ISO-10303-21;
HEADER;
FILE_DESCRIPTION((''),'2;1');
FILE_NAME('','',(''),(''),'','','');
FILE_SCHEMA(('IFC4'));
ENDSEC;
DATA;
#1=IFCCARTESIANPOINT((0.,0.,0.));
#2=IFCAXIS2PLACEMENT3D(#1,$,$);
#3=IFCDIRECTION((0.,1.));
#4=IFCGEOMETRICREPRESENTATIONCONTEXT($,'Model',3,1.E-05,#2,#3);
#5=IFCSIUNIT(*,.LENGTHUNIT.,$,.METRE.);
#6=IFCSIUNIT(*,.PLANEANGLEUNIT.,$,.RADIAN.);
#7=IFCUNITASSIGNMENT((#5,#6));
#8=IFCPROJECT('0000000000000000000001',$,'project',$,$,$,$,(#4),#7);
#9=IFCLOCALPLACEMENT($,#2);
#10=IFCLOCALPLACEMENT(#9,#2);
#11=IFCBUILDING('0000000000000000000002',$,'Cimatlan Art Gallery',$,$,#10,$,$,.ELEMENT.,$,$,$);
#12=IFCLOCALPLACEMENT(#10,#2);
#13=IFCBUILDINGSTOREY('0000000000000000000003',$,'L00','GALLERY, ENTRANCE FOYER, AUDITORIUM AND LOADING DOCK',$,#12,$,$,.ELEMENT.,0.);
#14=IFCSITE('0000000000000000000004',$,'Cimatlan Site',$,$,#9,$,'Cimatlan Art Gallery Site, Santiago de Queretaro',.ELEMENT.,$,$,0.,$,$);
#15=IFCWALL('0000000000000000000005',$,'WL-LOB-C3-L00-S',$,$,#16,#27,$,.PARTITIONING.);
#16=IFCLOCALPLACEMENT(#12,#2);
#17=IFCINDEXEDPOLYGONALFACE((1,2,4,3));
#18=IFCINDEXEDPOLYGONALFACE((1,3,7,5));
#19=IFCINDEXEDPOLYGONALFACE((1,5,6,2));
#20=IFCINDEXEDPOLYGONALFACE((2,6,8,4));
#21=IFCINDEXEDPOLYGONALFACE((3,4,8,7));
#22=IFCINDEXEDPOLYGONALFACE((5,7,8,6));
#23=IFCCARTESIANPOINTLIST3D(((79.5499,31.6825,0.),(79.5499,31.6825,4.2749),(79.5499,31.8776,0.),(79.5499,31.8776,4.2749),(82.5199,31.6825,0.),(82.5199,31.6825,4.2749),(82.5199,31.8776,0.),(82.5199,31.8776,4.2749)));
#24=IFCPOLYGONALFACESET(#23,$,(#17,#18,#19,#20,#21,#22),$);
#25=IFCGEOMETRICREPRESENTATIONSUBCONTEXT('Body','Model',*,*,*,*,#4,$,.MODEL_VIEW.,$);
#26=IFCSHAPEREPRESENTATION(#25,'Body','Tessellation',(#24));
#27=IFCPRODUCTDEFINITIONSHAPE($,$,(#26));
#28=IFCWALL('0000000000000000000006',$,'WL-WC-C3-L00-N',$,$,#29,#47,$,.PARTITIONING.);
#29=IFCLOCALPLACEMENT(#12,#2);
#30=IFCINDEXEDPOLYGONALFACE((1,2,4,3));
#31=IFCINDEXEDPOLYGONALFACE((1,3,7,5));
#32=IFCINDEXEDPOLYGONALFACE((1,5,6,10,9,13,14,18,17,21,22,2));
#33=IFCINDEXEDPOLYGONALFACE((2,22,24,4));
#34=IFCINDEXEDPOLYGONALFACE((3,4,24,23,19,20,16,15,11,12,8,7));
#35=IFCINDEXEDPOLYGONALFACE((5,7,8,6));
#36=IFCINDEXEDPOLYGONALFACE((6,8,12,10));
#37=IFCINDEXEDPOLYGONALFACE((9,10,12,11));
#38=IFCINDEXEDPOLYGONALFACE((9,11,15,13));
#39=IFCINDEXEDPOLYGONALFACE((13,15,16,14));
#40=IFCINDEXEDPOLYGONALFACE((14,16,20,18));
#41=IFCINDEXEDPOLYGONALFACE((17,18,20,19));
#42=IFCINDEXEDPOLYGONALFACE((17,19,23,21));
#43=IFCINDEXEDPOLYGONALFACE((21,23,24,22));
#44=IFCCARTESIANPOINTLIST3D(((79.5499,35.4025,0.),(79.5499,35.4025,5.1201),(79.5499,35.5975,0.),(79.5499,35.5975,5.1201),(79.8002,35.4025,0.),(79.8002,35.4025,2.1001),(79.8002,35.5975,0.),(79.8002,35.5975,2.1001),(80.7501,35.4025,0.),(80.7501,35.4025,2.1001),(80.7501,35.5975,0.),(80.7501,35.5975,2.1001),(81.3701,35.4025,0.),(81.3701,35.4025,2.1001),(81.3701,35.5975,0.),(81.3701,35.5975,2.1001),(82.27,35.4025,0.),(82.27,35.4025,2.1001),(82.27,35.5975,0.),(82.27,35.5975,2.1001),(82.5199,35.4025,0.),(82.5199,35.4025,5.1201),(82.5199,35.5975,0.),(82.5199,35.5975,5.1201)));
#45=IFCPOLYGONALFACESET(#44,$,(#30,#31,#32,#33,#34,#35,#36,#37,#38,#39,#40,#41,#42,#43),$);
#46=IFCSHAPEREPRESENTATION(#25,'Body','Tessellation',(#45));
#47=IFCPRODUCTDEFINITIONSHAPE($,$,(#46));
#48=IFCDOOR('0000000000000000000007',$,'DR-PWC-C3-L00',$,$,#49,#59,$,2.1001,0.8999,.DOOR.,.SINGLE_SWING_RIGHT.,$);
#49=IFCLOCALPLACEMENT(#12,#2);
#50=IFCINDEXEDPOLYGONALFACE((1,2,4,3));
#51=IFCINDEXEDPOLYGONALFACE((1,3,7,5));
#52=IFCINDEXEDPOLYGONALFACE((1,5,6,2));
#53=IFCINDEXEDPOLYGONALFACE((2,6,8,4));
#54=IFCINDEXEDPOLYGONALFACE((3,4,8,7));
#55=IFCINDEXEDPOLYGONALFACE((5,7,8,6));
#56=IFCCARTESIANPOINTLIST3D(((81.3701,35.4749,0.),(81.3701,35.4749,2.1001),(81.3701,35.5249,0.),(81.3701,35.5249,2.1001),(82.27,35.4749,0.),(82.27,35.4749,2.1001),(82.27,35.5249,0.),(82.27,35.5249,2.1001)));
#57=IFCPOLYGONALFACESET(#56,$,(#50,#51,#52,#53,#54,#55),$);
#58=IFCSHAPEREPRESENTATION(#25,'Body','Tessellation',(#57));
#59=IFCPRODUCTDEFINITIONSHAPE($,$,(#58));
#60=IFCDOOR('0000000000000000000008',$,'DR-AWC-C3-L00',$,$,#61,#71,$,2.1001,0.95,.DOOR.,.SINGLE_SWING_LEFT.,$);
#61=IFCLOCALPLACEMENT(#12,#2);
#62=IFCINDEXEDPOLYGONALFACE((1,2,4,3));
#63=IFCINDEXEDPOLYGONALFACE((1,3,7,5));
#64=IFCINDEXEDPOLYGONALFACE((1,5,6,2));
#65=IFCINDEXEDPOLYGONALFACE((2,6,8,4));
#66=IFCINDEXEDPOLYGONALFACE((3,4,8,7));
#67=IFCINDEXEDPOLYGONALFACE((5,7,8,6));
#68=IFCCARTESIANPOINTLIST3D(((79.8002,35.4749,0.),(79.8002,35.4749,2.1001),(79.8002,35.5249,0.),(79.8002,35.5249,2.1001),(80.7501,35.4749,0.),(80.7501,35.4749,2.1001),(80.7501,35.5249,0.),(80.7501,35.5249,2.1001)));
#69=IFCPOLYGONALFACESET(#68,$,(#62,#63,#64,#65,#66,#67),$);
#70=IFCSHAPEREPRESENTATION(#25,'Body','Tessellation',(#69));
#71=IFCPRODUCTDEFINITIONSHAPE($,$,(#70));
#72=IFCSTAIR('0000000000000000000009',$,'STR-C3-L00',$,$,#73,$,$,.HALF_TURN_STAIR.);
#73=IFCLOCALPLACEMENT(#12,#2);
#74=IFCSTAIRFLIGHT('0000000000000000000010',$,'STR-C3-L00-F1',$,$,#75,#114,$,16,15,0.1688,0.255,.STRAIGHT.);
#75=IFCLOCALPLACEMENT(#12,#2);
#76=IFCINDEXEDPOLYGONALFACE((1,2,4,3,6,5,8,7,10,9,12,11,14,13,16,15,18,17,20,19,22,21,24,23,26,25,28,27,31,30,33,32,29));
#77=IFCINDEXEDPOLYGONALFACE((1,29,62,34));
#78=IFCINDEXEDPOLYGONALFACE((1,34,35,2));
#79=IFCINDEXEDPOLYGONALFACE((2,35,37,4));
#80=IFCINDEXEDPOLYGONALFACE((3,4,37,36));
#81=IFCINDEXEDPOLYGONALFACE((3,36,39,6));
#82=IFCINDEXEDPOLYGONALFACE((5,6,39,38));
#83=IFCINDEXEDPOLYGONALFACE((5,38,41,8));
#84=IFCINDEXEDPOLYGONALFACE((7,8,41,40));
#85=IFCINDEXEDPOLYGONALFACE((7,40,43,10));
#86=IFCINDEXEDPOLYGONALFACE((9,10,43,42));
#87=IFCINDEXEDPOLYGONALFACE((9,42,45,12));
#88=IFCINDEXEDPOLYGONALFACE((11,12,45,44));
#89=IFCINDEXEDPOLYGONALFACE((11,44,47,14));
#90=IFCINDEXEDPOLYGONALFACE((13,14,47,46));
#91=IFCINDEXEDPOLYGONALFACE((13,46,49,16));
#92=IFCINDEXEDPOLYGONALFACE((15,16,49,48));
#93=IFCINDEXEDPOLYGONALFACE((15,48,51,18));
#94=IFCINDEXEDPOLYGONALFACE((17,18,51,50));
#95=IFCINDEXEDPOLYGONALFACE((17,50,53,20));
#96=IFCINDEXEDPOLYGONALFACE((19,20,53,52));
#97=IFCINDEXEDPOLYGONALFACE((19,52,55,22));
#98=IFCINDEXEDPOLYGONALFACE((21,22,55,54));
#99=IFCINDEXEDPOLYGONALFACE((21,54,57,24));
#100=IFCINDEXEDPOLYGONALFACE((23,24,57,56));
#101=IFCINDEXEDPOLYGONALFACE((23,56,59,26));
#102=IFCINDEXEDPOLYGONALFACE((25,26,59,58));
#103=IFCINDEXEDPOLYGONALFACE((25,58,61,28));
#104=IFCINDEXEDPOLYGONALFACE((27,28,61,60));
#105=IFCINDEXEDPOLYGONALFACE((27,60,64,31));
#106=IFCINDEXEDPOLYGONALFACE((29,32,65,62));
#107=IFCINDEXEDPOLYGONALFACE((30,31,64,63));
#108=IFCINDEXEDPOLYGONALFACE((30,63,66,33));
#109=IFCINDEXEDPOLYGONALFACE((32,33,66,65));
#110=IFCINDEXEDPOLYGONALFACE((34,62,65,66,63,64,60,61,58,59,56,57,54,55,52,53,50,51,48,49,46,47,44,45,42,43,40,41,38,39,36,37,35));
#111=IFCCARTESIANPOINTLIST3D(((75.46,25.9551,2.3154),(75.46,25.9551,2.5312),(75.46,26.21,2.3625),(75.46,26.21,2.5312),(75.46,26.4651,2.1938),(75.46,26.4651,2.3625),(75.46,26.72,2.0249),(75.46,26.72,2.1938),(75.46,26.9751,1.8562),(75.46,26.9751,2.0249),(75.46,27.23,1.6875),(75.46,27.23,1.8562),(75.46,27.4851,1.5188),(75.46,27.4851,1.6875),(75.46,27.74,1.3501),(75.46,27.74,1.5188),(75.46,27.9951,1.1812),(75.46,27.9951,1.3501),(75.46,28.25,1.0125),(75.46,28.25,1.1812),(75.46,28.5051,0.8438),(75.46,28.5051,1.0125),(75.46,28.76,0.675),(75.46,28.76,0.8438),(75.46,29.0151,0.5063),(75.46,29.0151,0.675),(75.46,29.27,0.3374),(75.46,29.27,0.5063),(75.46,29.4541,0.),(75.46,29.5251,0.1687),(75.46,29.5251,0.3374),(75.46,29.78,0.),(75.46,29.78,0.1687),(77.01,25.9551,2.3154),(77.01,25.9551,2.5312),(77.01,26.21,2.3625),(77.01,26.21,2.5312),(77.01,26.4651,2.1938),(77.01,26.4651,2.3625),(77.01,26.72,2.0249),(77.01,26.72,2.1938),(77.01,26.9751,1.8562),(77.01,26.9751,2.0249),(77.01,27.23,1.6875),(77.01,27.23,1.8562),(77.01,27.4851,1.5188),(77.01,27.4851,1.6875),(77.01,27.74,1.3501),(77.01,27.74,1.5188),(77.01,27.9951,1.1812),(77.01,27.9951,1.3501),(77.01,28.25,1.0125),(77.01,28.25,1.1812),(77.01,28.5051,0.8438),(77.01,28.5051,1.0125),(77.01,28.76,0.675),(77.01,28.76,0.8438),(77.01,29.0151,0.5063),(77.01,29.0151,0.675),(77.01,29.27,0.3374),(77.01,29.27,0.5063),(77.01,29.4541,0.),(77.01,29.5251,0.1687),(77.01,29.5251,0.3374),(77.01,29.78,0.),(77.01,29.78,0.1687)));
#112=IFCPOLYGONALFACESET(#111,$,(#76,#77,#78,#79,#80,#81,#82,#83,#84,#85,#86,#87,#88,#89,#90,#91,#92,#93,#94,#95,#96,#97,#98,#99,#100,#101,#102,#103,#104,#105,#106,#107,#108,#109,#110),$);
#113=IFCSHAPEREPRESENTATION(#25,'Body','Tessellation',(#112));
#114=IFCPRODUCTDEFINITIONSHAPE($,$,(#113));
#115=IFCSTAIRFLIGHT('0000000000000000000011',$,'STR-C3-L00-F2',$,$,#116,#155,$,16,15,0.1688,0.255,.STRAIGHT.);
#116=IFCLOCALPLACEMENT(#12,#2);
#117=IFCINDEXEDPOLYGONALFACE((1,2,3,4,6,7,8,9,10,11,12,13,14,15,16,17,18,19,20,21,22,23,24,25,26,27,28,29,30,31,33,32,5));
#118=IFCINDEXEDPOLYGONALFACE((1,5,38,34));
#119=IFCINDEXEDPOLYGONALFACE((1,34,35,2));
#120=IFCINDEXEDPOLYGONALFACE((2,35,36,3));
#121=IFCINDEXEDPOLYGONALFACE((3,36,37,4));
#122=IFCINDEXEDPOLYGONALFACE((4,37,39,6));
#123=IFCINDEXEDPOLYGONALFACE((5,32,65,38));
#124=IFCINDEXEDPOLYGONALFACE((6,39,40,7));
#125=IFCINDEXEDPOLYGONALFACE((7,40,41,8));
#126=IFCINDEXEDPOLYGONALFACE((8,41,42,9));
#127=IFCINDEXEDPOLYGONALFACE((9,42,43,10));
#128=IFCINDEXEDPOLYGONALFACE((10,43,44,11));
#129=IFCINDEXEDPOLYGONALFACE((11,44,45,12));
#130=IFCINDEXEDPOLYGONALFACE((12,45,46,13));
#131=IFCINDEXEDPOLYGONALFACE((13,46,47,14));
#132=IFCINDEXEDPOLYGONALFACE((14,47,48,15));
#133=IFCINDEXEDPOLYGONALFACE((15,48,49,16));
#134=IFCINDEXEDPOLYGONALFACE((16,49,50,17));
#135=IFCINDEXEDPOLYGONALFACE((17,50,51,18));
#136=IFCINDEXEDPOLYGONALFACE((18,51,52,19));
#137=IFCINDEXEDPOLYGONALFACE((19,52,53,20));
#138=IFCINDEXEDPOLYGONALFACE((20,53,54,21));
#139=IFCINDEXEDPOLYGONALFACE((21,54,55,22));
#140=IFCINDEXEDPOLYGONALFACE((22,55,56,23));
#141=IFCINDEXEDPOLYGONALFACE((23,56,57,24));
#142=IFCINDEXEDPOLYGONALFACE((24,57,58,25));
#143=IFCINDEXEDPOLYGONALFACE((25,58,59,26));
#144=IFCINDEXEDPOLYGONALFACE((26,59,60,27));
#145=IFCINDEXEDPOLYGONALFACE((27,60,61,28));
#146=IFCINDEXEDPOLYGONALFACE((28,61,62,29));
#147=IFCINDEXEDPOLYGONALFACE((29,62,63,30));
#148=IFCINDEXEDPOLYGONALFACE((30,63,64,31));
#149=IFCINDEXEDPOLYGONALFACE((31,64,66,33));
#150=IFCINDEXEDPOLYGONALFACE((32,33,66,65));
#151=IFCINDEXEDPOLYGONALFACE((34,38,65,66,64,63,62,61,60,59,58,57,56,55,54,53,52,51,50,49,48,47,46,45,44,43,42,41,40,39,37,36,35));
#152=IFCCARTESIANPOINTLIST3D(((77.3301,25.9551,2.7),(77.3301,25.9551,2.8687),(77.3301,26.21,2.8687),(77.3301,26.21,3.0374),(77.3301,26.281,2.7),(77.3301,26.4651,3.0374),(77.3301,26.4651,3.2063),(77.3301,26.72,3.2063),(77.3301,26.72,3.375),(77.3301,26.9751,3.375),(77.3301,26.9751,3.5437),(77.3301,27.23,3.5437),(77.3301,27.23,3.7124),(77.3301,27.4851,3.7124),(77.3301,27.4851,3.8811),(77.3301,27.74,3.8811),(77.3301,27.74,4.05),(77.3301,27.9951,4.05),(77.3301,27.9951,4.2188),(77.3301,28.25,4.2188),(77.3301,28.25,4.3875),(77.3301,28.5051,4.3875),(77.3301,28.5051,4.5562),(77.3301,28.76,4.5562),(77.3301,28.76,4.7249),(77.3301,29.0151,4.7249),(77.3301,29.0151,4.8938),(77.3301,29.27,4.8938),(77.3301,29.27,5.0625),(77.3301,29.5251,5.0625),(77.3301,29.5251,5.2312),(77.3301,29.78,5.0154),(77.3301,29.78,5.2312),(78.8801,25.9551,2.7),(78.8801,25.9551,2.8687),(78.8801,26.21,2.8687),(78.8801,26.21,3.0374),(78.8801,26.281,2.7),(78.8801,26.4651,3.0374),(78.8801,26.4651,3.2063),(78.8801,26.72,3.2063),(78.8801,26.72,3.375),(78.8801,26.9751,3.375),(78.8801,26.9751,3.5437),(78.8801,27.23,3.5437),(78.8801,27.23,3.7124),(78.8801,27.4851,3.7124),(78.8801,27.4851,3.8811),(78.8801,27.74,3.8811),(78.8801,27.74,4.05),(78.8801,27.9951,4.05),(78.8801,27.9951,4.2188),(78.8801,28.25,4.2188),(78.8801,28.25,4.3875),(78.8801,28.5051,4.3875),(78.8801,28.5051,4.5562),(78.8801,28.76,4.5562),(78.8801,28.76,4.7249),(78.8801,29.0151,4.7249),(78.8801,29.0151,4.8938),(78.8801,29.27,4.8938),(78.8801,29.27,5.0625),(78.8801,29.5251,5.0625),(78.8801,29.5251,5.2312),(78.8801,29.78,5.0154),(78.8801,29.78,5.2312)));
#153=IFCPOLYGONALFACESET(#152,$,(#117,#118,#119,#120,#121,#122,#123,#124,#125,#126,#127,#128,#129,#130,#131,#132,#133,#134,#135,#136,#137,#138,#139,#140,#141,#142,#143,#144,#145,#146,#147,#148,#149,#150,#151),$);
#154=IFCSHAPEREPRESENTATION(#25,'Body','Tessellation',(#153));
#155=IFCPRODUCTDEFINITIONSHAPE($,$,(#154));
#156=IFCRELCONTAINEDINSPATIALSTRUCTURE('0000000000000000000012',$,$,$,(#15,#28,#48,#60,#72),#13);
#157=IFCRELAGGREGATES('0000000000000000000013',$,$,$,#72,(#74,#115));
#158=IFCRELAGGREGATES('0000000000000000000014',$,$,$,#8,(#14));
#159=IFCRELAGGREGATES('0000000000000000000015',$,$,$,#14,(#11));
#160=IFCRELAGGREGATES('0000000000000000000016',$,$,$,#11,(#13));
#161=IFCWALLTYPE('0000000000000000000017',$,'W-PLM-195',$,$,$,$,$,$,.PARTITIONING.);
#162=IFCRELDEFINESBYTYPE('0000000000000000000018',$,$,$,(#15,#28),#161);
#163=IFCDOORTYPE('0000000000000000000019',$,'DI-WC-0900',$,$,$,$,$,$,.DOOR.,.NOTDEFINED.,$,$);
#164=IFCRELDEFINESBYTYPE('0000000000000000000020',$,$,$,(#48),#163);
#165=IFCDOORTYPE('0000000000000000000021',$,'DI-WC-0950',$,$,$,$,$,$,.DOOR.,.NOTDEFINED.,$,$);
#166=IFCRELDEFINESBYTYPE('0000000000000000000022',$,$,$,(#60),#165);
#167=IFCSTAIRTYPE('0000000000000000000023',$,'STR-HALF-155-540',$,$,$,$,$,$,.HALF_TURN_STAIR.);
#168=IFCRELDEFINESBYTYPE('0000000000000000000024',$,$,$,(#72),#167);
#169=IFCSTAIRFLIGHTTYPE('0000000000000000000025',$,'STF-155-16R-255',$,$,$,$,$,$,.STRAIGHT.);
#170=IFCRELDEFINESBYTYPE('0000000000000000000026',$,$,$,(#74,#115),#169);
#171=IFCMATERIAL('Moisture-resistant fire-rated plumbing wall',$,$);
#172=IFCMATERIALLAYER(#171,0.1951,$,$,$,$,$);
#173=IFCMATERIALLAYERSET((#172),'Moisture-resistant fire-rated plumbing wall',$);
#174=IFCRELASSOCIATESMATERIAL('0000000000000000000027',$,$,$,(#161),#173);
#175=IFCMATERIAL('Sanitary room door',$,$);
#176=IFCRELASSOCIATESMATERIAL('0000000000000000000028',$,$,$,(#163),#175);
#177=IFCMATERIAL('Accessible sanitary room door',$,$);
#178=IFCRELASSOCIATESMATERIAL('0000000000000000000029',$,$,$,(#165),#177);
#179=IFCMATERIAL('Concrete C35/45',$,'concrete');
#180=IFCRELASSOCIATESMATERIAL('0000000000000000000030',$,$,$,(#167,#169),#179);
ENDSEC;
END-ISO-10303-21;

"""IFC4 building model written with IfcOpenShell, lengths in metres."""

from ifc_helpers import new_model, si_unit, direction, frame, frame_2d, origin, place, context, subcontext, project, spatial, polyline, rectangle, outline, extrude, material, layer, layer_set, type_object, element, fill, aggregate, save


model = new_model("IFC4")

# Units and contexts
model_context = context("Model", 3, precision=1e-05, world=origin(), true_north=direction((0.0, 1.0)))
body_context = subcontext(model_context, "Body", "Model", "MODEL_VIEW")
ifc_project = project(units=[si_unit("LENGTHUNIT", "METRE"), si_unit("PLANEANGLEUNIT", "RADIAN")], contexts=[model_context])

# Site, building, storey
site_placement = place(None, origin())
site = spatial("IfcSite", under=ifc_project, at=site_placement, Name="Cimatlan Site", LongName="Cimatlan Art Gallery Site, Santiago de Queretaro", CompositionType="ELEMENT", RefElevation=0.0)
building_placement = place(site_placement, origin())
building = spatial("IfcBuilding", under=site, at=building_placement, Name="Cimatlan Art Gallery", CompositionType="ELEMENT")
storey_placement = place(building_placement, origin())
storey = spatial("IfcBuildingStorey", under=building, at=storey_placement, Name="L00", Description="GALLERY, ENTRANCE FOYER, AUDITORIUM AND LOADING DOCK", CompositionType="ELEMENT", Elevation=0.0)

# Wall
ifc_material_1 = material(Name="Moisture-resistant fire-rated plumbing wall")
ifc_layer_1 = layer(ifc_material_1, 0.1951)
ifc_layer_set_1 = layer_set([ifc_layer_1], Name="Moisture-resistant fire-rated plumbing wall")
wall_type_1 = type_object("IfcWallType", Name="W-PLM-195", PredefinedType="PARTITIONING", material=ifc_layer_set_1)
wall_1_placement = place(storey_placement, frame((79.55, 31.78, 0.0), z_axis=(0.0, 0.0, 1.0), x_axis=(1.0, 0.0, 0.0)))
element("IfcWall", 1, at=wall_1_placement, inside=storey, type_object=wall_type_1, Name="WL-LOB-C3-L00-S", PredefinedType="PARTITIONING", context=body_context, shape_type="SweptSolid", body=[
    extrude(rectangle(XDim=2.97, YDim=0.1951, at=frame_2d((1.4849, 0.0))), origin(), (0.0, 0.0, 1.0), 4.2749),
])

# Wall, openings, doors
wall_2_placement = place(storey_placement, frame((79.55, 35.5, 0.0), z_axis=(0.0, 0.0, 1.0), x_axis=(1.0, 0.0, 0.0)))
wall_2 = element("IfcWall", 2, at=wall_2_placement, inside=storey, type_object=wall_type_1, Name="WL-WC-C3-L00-N", PredefinedType="PARTITIONING", context=body_context, shape_type="SweptSolid", body=[
    extrude(rectangle(XDim=2.97, YDim=0.1951, at=frame_2d((1.4849, 0.0))), origin(), (0.0, 0.0, 1.0), 5.1201),
])
opening_1_placement = place(wall_2_placement, frame((0.25, 0.0, 0.0)))
opening_1 = element("IfcOpeningElement", 3, at=opening_1_placement, cuts=wall_2, PredefinedType="OPENING", context=body_context, shape_type="SweptSolid", body=[
    extrude(rectangle(XDim=0.95, YDim=2.1001, at=frame_2d((0.4751, 1.05))), frame((0.0, 0.1074, 0.0), z_axis=(0.0, -1.0, 0.0), x_axis=(1.0, 0.0, 0.0)), (0.0, 0.0, 1.0), 0.2151),
])
opening_2_placement = place(wall_2_placement, frame((1.8201, 0.0, 0.0)))
opening_2 = element("IfcOpeningElement", 4, at=opening_2_placement, cuts=wall_2, PredefinedType="OPENING", context=body_context, shape_type="SweptSolid", body=[
    extrude(rectangle(XDim=0.8999, YDim=2.1001, at=frame_2d((0.45, 1.05))), frame((0.0, 0.1074, 0.0), z_axis=(0.0, -1.0, 0.0), x_axis=(1.0, 0.0, 0.0)), (0.0, 0.0, 1.0), 0.2151),
])
ifc_material_2 = material(Name="Sanitary room door")
door_type_1 = type_object("IfcDoorType", Name="DI-WC-0900", OperationType="NOTDEFINED", PredefinedType="DOOR", material=ifc_material_2)
door_1_placement = place(opening_2_placement, origin())
door_1 = element("IfcDoor", 5, at=door_1_placement, inside=storey, type_object=door_type_1, Name="DR-PWC-C3-L00", OperationType="SINGLE_SWING_RIGHT", OverallHeight=2.1001, OverallWidth=0.8999, PredefinedType="DOOR", context=body_context, shape_type="SweptSolid", body=[
    extrude(rectangle(XDim=0.8999, YDim=2.1001, at=frame_2d((0.45, 1.05))), frame((0.0, 0.0249, 0.0), z_axis=(0.0, -1.0, 0.0), x_axis=(1.0, 0.0, 0.0)), (0.0, 0.0, 1.0), 0.05),
])
fill(opening_2, door_1)
ifc_material_3 = material(Name="Accessible sanitary room door")
door_type_2 = type_object("IfcDoorType", Name="DI-WC-0950", OperationType="NOTDEFINED", PredefinedType="DOOR", material=ifc_material_3)
door_2_placement = place(opening_1_placement, origin())
door_2 = element("IfcDoor", 6, at=door_2_placement, inside=storey, type_object=door_type_2, Name="DR-AWC-C3-L00", OperationType="SINGLE_SWING_LEFT", OverallHeight=2.1001, OverallWidth=0.95, PredefinedType="DOOR", context=body_context, shape_type="SweptSolid", body=[
    extrude(rectangle(XDim=0.95, YDim=2.1001, at=frame_2d((0.4751, 1.05))), frame((0.0, 0.0249, 0.0), z_axis=(0.0, -1.0, 0.0), x_axis=(1.0, 0.0, 0.0)), (0.0, 0.0, 1.0), 0.05),
])
fill(opening_1, door_2)

# Stair, stair flights
ifc_material_4 = material(Name="Concrete C35/45", Category="concrete")
stair_type_1 = type_object("IfcStairType", Name="STR-HALF-155-540", PredefinedType="HALF_TURN_STAIR", material=ifc_material_4)
stair_1_placement = place(storey_placement, origin())
stair_1 = element("IfcStair", 7, at=stair_1_placement, inside=storey, type_object=stair_type_1, Name="STR-C3-L00", PredefinedType="HALF_TURN_STAIR")
stair_flight_type_1 = type_object("IfcStairFlightType", Name="STF-155-16R-255", PredefinedType="STRAIGHT", material=ifc_material_4)
stair_flight_1_placement = place(storey_placement, frame((76.2351, 29.78, 0.0), z_axis=(0.0, 0.0, 1.0), x_axis=(0.0, -1.0, 0.0)))
stair_flight_1 = element("IfcStairFlight", 8, at=stair_flight_1_placement, type_object=stair_flight_type_1, Name="STR-C3-L00-F1", NumberOfRisers=16, NumberOfTreads=15, PredefinedType="STRAIGHT", RiserHeight=0.1688, TreadLength=0.255, context=body_context, shape_type="SweptSolid", body=[
    extrude(outline(polyline([(0.0, 0.0), (0.0, 0.1687), (0.2549, 0.1687), (0.2549, 0.3374), (0.51, 0.3374), (0.51, 0.5063), (0.7649, 0.5063), (0.7649, 0.675), (1.02, 0.675), (1.02, 0.8438), (1.2749, 0.8438), (1.2749, 1.0125), (1.53, 1.0125), (1.53, 1.1812), (1.7849, 1.1812), (1.7849, 1.3501), (2.04, 1.3501), (2.04, 1.5188), (2.2949, 1.5188), (2.2949, 1.6875), (2.55, 1.6875), (2.55, 1.8562), (2.8049, 1.8562), (2.8049, 2.0249), (3.0601, 2.0249), (3.0601, 2.1938), (3.3149, 2.1938), (3.3149, 2.3625), (3.5701, 2.3625), (3.5701, 2.5312), (3.825, 2.5312), (3.825, 2.7), (3.825, 2.3154), (0.3259, 0.0), (0.0, 0.0)])), frame((0.0, 0.7749, 0.0), z_axis=(0.0, -1.0, 0.0), x_axis=(1.0, 0.0, 0.0)), (0.0, 0.0, 1.0), 1.55),
])
stair_flight_2_placement = place(storey_placement, frame((78.105, 25.9551, 2.7), z_axis=(0.0, 0.0, 1.0), x_axis=(0.0, 1.0, 0.0)))
stair_flight_2 = element("IfcStairFlight", 9, at=stair_flight_2_placement, type_object=stair_flight_type_1, Name="STR-C3-L00-F2", NumberOfRisers=16, NumberOfTreads=15, PredefinedType="STRAIGHT", RiserHeight=0.1688, TreadLength=0.255, context=body_context, shape_type="SweptSolid", body=[
    extrude(outline(polyline([(0.0, 0.0), (0.0, 0.1687), (0.2549, 0.1687), (0.2549, 0.3374), (0.51, 0.3374), (0.51, 0.5063), (0.7649, 0.5063), (0.7649, 0.675), (1.02, 0.675), (1.02, 0.8438), (1.2749, 0.8438), (1.2749, 1.0125), (1.53, 1.0125), (1.53, 1.1812), (1.7849, 1.1812), (1.7849, 1.3501), (2.04, 1.3501), (2.04, 1.5188), (2.2949, 1.5188), (2.2949, 1.6875), (2.55, 1.6875), (2.55, 1.8562), (2.8049, 1.8562), (2.8049, 2.0249), (3.0601, 2.0249), (3.0601, 2.1938), (3.3149, 2.1938), (3.3149, 2.3625), (3.5701, 2.3625), (3.5701, 2.5312), (3.825, 2.5312), (3.825, 2.7), (3.825, 2.3154), (0.3259, 0.0), (0.0, 0.0)])), frame((0.0, 0.7749, 0.0), z_axis=(0.0, -1.0, 0.0), x_axis=(1.0, 0.0, 0.0)), (0.0, 0.0, 1.0), 1.55),
])
aggregate(stair_1, [stair_flight_1, stair_flight_2])

save(model, "model.ifc")
